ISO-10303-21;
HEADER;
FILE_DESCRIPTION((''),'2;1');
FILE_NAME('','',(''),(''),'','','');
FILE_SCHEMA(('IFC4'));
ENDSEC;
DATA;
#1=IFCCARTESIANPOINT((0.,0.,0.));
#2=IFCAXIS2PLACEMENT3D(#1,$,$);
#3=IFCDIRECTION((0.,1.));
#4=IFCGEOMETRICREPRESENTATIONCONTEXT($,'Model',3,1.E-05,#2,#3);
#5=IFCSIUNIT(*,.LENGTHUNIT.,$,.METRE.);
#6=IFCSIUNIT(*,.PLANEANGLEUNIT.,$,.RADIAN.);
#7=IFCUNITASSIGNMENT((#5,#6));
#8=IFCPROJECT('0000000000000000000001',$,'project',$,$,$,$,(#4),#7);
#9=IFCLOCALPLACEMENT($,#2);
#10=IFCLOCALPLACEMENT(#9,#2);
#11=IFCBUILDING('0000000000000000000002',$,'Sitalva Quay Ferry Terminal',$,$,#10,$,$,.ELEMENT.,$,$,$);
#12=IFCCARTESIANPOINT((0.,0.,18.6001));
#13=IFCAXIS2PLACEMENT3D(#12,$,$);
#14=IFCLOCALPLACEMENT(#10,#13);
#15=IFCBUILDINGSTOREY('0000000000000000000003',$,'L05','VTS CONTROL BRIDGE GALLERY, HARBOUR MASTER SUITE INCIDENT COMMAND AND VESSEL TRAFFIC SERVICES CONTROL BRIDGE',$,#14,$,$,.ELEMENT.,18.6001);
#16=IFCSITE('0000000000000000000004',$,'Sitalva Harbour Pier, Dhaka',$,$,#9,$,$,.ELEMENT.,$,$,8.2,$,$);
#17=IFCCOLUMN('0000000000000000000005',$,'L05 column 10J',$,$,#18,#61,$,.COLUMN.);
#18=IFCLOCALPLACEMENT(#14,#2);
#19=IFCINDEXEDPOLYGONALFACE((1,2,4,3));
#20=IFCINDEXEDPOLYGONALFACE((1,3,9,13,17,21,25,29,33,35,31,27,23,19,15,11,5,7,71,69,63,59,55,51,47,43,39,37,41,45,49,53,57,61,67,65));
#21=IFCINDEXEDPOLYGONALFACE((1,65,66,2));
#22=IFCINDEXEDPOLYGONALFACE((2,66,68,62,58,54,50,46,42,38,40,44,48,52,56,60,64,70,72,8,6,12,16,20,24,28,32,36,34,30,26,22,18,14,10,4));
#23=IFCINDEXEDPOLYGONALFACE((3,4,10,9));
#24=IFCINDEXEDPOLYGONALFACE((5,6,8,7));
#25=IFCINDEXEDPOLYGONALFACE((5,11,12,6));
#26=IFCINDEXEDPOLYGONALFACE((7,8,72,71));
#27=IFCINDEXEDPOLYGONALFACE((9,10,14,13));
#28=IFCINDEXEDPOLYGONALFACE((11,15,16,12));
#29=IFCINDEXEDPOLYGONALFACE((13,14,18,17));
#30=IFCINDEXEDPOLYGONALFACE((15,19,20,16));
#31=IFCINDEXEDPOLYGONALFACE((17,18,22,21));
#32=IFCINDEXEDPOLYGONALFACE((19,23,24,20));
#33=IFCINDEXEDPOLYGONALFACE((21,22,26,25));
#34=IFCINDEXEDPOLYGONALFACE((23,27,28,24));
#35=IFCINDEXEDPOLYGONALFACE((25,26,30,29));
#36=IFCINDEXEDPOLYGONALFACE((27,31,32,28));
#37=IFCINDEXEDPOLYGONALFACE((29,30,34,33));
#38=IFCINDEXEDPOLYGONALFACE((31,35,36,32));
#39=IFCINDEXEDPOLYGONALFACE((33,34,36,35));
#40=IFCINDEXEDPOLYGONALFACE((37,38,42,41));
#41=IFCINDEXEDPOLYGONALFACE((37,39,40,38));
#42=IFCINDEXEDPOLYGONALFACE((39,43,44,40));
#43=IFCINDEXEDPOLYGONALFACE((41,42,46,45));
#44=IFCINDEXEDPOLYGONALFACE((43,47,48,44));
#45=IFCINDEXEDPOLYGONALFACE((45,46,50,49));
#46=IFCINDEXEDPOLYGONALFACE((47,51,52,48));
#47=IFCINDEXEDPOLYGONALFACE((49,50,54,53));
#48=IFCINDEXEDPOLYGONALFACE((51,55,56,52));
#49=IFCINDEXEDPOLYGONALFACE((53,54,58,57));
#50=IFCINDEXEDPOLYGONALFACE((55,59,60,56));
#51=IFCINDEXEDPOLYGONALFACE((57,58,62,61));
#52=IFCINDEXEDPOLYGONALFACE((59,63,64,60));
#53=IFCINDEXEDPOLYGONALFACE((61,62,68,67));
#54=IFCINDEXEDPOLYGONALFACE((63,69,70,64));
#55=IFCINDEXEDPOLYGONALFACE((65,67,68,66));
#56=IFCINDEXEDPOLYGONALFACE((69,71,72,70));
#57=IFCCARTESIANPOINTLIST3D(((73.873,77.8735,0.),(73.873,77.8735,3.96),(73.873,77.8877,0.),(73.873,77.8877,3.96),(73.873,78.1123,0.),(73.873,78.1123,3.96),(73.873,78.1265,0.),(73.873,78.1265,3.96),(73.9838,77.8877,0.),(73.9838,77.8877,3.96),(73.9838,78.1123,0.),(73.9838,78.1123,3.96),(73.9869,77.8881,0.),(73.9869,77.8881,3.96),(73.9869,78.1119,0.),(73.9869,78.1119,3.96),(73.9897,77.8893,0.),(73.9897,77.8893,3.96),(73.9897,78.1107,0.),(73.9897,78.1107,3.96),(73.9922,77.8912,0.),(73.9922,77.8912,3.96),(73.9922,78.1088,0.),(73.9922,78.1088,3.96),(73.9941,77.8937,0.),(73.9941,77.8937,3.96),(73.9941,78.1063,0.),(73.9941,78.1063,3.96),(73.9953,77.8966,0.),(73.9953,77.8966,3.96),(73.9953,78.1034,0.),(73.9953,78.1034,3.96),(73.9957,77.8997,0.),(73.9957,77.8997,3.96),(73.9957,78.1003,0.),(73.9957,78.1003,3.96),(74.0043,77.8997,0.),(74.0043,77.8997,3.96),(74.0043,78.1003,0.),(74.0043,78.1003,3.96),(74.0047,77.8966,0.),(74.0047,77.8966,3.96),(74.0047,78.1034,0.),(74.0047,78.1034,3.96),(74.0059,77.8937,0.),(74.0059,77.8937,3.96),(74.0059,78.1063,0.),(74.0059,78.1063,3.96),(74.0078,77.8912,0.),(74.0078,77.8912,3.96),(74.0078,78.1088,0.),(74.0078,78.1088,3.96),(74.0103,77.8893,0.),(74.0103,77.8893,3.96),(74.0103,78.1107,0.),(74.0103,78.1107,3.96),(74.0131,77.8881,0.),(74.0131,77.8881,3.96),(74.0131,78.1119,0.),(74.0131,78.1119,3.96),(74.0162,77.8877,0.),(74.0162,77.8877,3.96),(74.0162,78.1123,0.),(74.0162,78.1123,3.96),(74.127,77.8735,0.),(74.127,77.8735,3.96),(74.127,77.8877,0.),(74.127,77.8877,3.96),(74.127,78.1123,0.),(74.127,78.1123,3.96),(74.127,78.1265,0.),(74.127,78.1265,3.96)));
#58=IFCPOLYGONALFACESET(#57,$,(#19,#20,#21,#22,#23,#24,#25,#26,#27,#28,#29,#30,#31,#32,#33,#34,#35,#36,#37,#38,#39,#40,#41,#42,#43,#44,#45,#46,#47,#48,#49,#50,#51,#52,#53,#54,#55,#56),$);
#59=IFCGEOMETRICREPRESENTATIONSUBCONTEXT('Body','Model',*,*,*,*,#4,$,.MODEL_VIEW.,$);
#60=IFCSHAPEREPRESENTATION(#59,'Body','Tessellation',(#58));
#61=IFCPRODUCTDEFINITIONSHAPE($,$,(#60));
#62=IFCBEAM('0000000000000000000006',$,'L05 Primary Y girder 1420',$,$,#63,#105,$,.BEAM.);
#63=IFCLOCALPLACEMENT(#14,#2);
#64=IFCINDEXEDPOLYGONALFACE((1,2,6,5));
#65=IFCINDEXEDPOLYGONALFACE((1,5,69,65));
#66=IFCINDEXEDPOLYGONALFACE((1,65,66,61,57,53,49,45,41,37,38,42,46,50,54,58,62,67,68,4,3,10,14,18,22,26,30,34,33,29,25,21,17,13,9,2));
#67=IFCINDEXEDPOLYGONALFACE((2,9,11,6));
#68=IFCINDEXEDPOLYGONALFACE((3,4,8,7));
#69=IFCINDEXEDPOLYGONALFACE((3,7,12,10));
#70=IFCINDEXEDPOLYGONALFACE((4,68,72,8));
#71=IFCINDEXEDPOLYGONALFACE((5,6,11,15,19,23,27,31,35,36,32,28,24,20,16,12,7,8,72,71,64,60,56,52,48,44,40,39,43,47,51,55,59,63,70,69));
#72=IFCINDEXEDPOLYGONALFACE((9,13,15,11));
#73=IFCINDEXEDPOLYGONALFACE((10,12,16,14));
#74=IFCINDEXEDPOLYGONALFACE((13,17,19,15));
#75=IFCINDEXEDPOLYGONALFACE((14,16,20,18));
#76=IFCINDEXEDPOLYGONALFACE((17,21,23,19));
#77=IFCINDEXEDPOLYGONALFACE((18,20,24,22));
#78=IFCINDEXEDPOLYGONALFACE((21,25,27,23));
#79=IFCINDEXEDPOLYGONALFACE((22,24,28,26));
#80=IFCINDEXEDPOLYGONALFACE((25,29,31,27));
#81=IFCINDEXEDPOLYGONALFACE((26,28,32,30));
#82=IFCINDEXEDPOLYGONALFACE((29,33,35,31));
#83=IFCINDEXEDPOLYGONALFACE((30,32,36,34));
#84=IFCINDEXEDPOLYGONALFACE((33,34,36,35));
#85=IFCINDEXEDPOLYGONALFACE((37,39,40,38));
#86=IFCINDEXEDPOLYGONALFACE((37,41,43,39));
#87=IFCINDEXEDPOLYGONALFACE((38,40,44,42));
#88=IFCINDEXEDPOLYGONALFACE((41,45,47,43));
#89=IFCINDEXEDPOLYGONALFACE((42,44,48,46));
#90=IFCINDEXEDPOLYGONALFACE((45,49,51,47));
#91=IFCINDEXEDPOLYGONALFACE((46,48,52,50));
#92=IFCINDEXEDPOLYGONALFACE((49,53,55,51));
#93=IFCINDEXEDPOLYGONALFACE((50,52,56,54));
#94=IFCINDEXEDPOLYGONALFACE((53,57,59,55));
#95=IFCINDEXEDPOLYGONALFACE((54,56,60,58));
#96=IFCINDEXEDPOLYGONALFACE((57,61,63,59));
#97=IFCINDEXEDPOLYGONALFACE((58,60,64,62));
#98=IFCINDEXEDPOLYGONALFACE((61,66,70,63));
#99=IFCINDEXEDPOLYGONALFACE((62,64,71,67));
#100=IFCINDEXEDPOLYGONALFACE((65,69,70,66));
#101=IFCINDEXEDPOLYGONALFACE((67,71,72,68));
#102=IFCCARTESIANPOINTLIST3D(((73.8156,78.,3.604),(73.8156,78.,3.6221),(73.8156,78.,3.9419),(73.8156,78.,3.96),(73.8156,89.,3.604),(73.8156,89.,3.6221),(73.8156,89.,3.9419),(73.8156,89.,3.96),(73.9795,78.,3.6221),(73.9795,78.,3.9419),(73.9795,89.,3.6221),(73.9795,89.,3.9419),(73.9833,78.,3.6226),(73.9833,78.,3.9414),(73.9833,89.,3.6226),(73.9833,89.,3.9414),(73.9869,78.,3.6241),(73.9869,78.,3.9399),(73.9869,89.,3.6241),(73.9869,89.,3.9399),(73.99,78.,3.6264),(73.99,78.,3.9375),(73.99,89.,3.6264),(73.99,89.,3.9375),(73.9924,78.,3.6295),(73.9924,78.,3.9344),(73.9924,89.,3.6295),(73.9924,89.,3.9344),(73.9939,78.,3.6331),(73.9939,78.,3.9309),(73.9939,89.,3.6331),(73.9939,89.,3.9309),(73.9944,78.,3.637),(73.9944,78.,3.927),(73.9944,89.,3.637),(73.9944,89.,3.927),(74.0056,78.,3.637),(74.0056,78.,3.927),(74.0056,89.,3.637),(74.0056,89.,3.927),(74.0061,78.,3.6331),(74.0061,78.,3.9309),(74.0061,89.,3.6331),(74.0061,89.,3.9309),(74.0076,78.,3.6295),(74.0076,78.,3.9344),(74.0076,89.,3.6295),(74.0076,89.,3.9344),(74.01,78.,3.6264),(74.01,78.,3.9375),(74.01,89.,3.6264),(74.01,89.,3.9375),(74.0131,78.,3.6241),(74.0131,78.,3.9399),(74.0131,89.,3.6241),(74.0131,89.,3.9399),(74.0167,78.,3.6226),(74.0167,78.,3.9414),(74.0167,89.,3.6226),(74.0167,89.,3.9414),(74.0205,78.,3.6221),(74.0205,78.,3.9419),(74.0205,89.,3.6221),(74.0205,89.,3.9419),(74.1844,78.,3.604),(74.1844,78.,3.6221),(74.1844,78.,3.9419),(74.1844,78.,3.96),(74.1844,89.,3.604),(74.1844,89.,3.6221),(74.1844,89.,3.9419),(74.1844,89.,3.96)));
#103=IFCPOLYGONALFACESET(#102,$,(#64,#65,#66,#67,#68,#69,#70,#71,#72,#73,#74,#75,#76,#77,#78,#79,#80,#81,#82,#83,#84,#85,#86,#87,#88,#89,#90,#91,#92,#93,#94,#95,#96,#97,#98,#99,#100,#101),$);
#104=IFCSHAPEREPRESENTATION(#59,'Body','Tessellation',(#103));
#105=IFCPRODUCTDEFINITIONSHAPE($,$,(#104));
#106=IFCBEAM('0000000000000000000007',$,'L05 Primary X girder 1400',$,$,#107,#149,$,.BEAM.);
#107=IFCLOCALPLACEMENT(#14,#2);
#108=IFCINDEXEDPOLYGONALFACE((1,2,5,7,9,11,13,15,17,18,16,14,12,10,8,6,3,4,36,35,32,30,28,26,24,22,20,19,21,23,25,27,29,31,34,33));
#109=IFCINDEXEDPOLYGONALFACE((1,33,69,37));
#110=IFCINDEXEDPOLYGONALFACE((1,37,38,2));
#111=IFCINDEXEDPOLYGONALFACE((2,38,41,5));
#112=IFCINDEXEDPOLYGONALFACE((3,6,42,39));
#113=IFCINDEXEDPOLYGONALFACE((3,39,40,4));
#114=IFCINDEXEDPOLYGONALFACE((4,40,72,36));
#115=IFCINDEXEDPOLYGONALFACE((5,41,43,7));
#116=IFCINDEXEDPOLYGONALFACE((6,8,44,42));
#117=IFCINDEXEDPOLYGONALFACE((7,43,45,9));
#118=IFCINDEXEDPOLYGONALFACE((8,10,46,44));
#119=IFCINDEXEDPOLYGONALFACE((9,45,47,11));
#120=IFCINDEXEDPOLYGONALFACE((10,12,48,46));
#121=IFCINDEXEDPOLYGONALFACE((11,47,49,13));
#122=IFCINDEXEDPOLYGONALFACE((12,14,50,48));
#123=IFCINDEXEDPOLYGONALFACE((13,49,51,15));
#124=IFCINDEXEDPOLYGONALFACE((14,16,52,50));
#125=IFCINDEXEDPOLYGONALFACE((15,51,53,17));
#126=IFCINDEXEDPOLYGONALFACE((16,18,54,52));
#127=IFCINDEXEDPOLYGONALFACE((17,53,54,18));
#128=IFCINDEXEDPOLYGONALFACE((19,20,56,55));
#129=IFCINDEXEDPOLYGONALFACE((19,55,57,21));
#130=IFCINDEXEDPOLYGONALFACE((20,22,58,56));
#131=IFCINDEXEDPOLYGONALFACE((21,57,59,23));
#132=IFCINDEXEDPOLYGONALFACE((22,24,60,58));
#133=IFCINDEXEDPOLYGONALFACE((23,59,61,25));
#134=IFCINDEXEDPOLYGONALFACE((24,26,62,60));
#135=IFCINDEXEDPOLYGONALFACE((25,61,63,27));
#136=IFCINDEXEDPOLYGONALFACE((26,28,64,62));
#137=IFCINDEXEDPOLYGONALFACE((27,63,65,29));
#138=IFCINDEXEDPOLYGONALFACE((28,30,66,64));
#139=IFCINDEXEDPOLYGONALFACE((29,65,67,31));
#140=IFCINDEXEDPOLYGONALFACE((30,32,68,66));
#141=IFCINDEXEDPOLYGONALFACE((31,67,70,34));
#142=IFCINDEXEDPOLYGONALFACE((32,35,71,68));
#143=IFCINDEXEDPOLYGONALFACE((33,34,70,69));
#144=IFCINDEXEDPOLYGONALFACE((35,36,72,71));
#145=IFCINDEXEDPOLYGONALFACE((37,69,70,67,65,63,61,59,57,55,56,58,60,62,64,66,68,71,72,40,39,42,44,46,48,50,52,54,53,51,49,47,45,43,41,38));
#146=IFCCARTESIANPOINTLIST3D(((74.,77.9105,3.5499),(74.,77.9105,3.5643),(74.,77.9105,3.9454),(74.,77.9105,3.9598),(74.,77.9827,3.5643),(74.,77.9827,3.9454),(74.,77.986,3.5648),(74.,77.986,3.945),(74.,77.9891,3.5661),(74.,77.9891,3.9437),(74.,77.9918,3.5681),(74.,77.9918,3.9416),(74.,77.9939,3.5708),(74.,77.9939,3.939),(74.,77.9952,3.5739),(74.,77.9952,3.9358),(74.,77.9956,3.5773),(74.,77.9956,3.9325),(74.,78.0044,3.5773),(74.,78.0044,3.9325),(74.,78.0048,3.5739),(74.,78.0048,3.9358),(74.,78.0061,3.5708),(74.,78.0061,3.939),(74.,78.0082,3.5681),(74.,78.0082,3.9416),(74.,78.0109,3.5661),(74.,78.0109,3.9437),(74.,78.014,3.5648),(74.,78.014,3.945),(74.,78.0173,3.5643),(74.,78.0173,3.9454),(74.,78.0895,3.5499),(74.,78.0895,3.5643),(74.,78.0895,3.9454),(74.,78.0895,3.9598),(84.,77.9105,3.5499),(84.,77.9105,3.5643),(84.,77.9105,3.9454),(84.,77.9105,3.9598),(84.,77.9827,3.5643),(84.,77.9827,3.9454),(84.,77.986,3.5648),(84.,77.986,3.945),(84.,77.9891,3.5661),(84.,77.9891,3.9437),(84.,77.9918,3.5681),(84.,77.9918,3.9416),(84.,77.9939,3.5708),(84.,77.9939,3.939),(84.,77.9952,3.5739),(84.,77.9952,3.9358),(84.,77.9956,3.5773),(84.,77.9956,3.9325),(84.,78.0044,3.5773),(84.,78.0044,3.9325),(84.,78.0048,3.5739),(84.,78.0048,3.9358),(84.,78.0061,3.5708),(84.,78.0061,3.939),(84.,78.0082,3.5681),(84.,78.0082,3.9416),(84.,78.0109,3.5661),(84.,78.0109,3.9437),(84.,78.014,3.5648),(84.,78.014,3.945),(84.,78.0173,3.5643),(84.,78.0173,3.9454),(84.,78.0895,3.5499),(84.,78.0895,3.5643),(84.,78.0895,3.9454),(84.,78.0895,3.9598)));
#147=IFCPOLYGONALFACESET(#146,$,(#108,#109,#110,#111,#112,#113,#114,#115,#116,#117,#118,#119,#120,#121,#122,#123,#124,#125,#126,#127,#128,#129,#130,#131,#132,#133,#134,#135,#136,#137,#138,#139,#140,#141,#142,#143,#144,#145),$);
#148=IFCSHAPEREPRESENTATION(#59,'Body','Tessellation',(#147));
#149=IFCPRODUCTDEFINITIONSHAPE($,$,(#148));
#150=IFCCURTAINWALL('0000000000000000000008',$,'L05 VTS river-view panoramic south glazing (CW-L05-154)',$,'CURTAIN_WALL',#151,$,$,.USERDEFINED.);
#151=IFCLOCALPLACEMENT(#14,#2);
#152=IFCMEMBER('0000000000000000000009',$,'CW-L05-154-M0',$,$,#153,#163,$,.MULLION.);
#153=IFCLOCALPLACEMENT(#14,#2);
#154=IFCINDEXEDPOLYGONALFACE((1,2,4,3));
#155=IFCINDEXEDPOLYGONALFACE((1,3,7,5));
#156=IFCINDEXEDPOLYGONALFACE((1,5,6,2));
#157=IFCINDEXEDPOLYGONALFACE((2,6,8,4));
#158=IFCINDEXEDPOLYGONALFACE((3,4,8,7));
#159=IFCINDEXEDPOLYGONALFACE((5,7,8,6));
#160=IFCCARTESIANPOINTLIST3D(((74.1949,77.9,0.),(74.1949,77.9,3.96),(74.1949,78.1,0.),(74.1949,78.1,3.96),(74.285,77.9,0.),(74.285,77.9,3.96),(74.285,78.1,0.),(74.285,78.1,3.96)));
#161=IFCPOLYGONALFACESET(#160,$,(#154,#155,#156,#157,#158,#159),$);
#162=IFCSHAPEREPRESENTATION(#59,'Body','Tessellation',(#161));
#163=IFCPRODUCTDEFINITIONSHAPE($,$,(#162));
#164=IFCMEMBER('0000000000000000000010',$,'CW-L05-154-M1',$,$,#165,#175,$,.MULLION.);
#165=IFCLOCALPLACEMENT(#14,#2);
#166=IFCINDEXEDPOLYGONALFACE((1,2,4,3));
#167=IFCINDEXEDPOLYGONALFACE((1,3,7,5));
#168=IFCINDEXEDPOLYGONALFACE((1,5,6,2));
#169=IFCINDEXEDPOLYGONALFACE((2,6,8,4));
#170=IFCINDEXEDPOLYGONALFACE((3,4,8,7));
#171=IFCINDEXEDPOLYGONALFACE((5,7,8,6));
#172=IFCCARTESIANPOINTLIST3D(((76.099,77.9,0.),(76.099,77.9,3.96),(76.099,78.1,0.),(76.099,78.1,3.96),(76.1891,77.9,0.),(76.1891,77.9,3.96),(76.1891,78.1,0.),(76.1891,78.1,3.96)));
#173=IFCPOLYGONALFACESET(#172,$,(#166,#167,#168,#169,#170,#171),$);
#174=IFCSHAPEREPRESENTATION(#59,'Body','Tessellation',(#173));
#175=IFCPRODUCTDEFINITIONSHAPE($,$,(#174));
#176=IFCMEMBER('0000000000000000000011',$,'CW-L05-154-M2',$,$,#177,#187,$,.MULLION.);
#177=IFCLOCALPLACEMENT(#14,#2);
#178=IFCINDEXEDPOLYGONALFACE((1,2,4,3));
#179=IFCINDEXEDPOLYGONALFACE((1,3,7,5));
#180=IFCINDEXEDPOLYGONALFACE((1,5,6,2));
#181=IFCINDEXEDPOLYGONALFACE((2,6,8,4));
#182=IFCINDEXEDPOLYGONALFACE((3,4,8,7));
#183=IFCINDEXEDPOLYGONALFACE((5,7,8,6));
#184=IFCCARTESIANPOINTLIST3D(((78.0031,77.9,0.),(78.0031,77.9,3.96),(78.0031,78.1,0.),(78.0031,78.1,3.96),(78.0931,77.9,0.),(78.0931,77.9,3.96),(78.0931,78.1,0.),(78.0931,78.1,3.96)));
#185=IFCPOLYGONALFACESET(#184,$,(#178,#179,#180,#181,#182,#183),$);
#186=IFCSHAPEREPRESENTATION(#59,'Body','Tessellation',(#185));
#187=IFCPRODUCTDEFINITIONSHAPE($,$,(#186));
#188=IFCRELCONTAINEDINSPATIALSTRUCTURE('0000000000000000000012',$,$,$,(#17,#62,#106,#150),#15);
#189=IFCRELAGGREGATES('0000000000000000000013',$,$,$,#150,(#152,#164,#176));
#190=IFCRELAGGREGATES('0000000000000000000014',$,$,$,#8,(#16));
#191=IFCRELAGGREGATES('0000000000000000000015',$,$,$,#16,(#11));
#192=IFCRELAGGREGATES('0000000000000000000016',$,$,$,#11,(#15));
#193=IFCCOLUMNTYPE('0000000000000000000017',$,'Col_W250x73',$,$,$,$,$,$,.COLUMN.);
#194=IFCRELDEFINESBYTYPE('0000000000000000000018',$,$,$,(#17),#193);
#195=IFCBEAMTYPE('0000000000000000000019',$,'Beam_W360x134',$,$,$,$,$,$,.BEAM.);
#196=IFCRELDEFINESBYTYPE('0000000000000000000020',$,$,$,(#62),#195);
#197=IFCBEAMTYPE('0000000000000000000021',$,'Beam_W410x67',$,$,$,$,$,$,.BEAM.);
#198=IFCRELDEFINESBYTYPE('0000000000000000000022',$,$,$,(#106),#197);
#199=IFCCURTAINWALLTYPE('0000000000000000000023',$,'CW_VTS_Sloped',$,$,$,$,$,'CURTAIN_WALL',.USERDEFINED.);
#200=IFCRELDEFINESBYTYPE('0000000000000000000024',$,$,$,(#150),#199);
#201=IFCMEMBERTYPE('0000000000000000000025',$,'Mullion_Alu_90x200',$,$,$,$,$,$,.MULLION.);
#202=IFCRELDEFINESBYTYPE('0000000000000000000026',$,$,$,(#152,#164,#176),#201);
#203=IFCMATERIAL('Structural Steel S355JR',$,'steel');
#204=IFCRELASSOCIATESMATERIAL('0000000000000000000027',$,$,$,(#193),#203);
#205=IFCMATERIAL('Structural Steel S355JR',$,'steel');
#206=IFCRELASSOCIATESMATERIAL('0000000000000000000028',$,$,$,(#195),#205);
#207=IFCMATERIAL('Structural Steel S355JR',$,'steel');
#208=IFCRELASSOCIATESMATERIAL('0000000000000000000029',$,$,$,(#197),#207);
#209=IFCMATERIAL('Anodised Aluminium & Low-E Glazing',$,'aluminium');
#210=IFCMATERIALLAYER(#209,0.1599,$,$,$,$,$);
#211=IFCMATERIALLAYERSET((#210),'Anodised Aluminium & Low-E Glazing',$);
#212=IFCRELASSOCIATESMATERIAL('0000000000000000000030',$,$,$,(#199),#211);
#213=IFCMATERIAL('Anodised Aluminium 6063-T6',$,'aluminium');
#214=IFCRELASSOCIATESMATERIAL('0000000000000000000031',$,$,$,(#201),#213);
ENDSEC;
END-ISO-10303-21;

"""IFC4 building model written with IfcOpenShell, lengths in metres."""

from ifc_helpers import new_model, si_unit, direction, frame, origin, origin_2d, place, context, subcontext, project, spatial, rectangle, i_section, extrude, material, layer, layer_set, material_profile, profile_set, type_object, element, aggregate, save


model = new_model("IFC4")

# Units and contexts
model_context = context("Model", 3, precision=1e-05, world=origin(), true_north=direction((0.0, 1.0)))
body_context = subcontext(model_context, "Body", "Model", "MODEL_VIEW")
ifc_project = project(units=[si_unit("LENGTHUNIT", "METRE"), si_unit("PLANEANGLEUNIT", "RADIAN")], contexts=[model_context])

# Site, building, storey
site_placement = place(None, origin())
site = spatial("IfcSite", under=ifc_project, at=site_placement, Name="Sitalva Harbour Pier, Dhaka", CompositionType="ELEMENT", RefElevation=8.2)
building_placement = place(site_placement, origin())
building = spatial("IfcBuilding", under=site, at=building_placement, Name="Sitalva Quay Ferry Terminal", CompositionType="ELEMENT")
storey_placement = place(building_placement, frame((0.0, 0.0, 18.6001)))
storey = spatial("IfcBuildingStorey", under=building, at=storey_placement, Name="L05", Description="VTS CONTROL BRIDGE GALLERY, HARBOUR MASTER SUITE INCIDENT COMMAND AND VESSEL TRAFFIC SERVICES CONTROL BRIDGE", CompositionType="ELEMENT", Elevation=18.6001)

# Column
ifc_material_1 = material(Name="Structural Steel S355JR", Category="steel")
ifc_material_profile_1 = material_profile(ifc_material_1, i_section(OverallWidth=0.2539, OverallDepth=0.2529, WebThickness=0.0085, FlangeThickness=0.0142, FilletRadius=0.012, at=origin_2d()), Name="W250x73")
ifc_profile_set_1 = profile_set([ifc_material_profile_1], Name="Structural Steel S355JR")
column_type = type_object("IfcColumnType", Name="Col_W250x73", PredefinedType="COLUMN", material=ifc_profile_set_1)
column_placement = place(storey_placement, frame((74.0, 78.0, 0.0), z_axis=(0.0, 0.0, 1.0), x_axis=(1.0, 0.0, 0.0)))
element("IfcColumn", 1, at=column_placement, inside=storey, type_object=column_type, Name="L05 column 10J", PredefinedType="COLUMN", context=body_context, shape_type="SweptSolid", body=[
    extrude(i_section(OverallWidth=0.2539, OverallDepth=0.2529, WebThickness=0.0085, FlangeThickness=0.0142, FilletRadius=0.012, at=origin_2d()), origin(), (0.0, 0.0, 1.0), 3.96),
])

# Beams
ifc_material_2 = material(Name="Structural Steel S355JR", Category="steel")
ifc_material_profile_2 = material_profile(ifc_material_2, i_section(OverallWidth=0.3689, OverallDepth=0.356, WebThickness=0.0112, FlangeThickness=0.0181, FilletRadius=0.0149, at=origin_2d()), Name="W360x134")
ifc_profile_set_2 = profile_set([ifc_material_profile_2], Name="Structural Steel S355JR")
beam_type_1 = type_object("IfcBeamType", Name="Beam_W360x134", PredefinedType="BEAM", material=ifc_profile_set_2)
beam_1_placement = place(storey_placement, frame((74.0, 78.0, 3.782), z_axis=(0.0, 1.0, 0.0), x_axis=(-1.0, 0.0, 0.0)))
element("IfcBeam", 2, at=beam_1_placement, inside=storey, type_object=beam_type_1, Name="L05 Primary Y girder 1420", PredefinedType="BEAM", context=body_context, shape_type="SweptSolid", body=[
    extrude(i_section(OverallWidth=0.3689, OverallDepth=0.356, WebThickness=0.0112, FlangeThickness=0.0181, FilletRadius=0.0149, at=origin_2d()), origin(), (0.0, 0.0, 1.0), 11.0),
])
ifc_material_3 = material(Name="Structural Steel S355JR", Category="steel")
ifc_material_profile_3 = material_profile(ifc_material_3, i_section(OverallWidth=0.179, OverallDepth=0.4099, WebThickness=0.0088, FlangeThickness=0.0144, FilletRadius=0.0129, at=origin_2d()), Name="W410x67")
ifc_profile_set_3 = profile_set([ifc_material_profile_3], Name="Structural Steel S355JR")
beam_type_2 = type_object("IfcBeamType", Name="Beam_W410x67", PredefinedType="BEAM", material=ifc_profile_set_3)
beam_2_placement = place(storey_placement, frame((74.0, 78.0, 3.7549), z_axis=(1.0, 0.0, 0.0), x_axis=(0.0, 1.0, 0.0)))
element("IfcBeam", 3, at=beam_2_placement, inside=storey, type_object=beam_type_2, Name="L05 Primary X girder 1400", PredefinedType="BEAM", context=body_context, shape_type="SweptSolid", body=[
    extrude(i_section(OverallWidth=0.179, OverallDepth=0.4099, WebThickness=0.0088, FlangeThickness=0.0144, FilletRadius=0.0129, at=origin_2d()), origin(), (0.0, 0.0, 1.0), 10.0),
])

# Curtain wall, members
ifc_material_4 = material(Name="Anodised Aluminium & Low-E Glazing", Category="aluminium")
ifc_layer_1 = layer(ifc_material_4, 0.1599)
ifc_layer_set_1 = layer_set([ifc_layer_1], Name="Anodised Aluminium & Low-E Glazing")
curtain_wall_type = type_object("IfcCurtainWallType", Name="CW_VTS_Sloped", ElementType="CURTAIN_WALL", PredefinedType="USERDEFINED", material=ifc_layer_set_1)
curtain_wall_placement = place(storey_placement, origin())
curtain_wall = element("IfcCurtainWall", 4, at=curtain_wall_placement, inside=storey, type_object=curtain_wall_type, Name="L05 VTS river-view panoramic south glazing (CW-L05-154)", ObjectType="CURTAIN_WALL", PredefinedType="USERDEFINED")
ifc_material_5 = material(Name="Anodised Aluminium 6063-T6", Category="aluminium")
ifc_material_profile_4 = material_profile(ifc_material_5, rectangle(XDim=0.0901, YDim=0.2, at=origin_2d()), Name="ALU90x200")
ifc_profile_set_4 = profile_set([ifc_material_profile_4], Name="Anodised Aluminium 6063-T6")
member_type_1 = type_object("IfcMemberType", Name="Mullion_Alu_90x200", PredefinedType="MULLION", material=ifc_profile_set_4)
member_1_placement = place(storey_placement, frame((74.24, 78.0, 0.0), z_axis=(0.0, 0.0, 1.0), x_axis=(1.0, 0.0, 0.0)))
member_1 = element("IfcMember", 5, at=member_1_placement, type_object=member_type_1, Name="CW-L05-154-M0", PredefinedType="MULLION", context=body_context, shape_type="SweptSolid", body=[
    extrude(rectangle(XDim=0.0901, YDim=0.2, at=origin_2d()), origin(), (0.0, 0.0, 1.0), 3.96),
])
member_2_placement = place(storey_placement, frame((76.144, 78.0, 0.0), z_axis=(0.0, 0.0, 1.0), x_axis=(1.0, 0.0, 0.0)))
member_2 = element("IfcMember", 6, at=member_2_placement, type_object=member_type_1, Name="CW-L05-154-M1", PredefinedType="MULLION", context=body_context, shape_type="SweptSolid", body=[
    extrude(rectangle(XDim=0.0901, YDim=0.2, at=origin_2d()), origin(), (0.0, 0.0, 1.0), 3.96),
])
member_3_placement = place(storey_placement, frame((78.0481, 78.0, 0.0), z_axis=(0.0, 0.0, 1.0), x_axis=(1.0, 0.0, 0.0)))
member_3 = element("IfcMember", 7, at=member_3_placement, type_object=member_type_1, Name="CW-L05-154-M2", PredefinedType="MULLION", context=body_context, shape_type="SweptSolid", body=[
    extrude(rectangle(XDim=0.0901, YDim=0.2, at=origin_2d()), origin(), (0.0, 0.0, 1.0), 3.96),
])
aggregate(curtain_wall, [member_1, member_2, member_3])

save(model, "model.ifc")
